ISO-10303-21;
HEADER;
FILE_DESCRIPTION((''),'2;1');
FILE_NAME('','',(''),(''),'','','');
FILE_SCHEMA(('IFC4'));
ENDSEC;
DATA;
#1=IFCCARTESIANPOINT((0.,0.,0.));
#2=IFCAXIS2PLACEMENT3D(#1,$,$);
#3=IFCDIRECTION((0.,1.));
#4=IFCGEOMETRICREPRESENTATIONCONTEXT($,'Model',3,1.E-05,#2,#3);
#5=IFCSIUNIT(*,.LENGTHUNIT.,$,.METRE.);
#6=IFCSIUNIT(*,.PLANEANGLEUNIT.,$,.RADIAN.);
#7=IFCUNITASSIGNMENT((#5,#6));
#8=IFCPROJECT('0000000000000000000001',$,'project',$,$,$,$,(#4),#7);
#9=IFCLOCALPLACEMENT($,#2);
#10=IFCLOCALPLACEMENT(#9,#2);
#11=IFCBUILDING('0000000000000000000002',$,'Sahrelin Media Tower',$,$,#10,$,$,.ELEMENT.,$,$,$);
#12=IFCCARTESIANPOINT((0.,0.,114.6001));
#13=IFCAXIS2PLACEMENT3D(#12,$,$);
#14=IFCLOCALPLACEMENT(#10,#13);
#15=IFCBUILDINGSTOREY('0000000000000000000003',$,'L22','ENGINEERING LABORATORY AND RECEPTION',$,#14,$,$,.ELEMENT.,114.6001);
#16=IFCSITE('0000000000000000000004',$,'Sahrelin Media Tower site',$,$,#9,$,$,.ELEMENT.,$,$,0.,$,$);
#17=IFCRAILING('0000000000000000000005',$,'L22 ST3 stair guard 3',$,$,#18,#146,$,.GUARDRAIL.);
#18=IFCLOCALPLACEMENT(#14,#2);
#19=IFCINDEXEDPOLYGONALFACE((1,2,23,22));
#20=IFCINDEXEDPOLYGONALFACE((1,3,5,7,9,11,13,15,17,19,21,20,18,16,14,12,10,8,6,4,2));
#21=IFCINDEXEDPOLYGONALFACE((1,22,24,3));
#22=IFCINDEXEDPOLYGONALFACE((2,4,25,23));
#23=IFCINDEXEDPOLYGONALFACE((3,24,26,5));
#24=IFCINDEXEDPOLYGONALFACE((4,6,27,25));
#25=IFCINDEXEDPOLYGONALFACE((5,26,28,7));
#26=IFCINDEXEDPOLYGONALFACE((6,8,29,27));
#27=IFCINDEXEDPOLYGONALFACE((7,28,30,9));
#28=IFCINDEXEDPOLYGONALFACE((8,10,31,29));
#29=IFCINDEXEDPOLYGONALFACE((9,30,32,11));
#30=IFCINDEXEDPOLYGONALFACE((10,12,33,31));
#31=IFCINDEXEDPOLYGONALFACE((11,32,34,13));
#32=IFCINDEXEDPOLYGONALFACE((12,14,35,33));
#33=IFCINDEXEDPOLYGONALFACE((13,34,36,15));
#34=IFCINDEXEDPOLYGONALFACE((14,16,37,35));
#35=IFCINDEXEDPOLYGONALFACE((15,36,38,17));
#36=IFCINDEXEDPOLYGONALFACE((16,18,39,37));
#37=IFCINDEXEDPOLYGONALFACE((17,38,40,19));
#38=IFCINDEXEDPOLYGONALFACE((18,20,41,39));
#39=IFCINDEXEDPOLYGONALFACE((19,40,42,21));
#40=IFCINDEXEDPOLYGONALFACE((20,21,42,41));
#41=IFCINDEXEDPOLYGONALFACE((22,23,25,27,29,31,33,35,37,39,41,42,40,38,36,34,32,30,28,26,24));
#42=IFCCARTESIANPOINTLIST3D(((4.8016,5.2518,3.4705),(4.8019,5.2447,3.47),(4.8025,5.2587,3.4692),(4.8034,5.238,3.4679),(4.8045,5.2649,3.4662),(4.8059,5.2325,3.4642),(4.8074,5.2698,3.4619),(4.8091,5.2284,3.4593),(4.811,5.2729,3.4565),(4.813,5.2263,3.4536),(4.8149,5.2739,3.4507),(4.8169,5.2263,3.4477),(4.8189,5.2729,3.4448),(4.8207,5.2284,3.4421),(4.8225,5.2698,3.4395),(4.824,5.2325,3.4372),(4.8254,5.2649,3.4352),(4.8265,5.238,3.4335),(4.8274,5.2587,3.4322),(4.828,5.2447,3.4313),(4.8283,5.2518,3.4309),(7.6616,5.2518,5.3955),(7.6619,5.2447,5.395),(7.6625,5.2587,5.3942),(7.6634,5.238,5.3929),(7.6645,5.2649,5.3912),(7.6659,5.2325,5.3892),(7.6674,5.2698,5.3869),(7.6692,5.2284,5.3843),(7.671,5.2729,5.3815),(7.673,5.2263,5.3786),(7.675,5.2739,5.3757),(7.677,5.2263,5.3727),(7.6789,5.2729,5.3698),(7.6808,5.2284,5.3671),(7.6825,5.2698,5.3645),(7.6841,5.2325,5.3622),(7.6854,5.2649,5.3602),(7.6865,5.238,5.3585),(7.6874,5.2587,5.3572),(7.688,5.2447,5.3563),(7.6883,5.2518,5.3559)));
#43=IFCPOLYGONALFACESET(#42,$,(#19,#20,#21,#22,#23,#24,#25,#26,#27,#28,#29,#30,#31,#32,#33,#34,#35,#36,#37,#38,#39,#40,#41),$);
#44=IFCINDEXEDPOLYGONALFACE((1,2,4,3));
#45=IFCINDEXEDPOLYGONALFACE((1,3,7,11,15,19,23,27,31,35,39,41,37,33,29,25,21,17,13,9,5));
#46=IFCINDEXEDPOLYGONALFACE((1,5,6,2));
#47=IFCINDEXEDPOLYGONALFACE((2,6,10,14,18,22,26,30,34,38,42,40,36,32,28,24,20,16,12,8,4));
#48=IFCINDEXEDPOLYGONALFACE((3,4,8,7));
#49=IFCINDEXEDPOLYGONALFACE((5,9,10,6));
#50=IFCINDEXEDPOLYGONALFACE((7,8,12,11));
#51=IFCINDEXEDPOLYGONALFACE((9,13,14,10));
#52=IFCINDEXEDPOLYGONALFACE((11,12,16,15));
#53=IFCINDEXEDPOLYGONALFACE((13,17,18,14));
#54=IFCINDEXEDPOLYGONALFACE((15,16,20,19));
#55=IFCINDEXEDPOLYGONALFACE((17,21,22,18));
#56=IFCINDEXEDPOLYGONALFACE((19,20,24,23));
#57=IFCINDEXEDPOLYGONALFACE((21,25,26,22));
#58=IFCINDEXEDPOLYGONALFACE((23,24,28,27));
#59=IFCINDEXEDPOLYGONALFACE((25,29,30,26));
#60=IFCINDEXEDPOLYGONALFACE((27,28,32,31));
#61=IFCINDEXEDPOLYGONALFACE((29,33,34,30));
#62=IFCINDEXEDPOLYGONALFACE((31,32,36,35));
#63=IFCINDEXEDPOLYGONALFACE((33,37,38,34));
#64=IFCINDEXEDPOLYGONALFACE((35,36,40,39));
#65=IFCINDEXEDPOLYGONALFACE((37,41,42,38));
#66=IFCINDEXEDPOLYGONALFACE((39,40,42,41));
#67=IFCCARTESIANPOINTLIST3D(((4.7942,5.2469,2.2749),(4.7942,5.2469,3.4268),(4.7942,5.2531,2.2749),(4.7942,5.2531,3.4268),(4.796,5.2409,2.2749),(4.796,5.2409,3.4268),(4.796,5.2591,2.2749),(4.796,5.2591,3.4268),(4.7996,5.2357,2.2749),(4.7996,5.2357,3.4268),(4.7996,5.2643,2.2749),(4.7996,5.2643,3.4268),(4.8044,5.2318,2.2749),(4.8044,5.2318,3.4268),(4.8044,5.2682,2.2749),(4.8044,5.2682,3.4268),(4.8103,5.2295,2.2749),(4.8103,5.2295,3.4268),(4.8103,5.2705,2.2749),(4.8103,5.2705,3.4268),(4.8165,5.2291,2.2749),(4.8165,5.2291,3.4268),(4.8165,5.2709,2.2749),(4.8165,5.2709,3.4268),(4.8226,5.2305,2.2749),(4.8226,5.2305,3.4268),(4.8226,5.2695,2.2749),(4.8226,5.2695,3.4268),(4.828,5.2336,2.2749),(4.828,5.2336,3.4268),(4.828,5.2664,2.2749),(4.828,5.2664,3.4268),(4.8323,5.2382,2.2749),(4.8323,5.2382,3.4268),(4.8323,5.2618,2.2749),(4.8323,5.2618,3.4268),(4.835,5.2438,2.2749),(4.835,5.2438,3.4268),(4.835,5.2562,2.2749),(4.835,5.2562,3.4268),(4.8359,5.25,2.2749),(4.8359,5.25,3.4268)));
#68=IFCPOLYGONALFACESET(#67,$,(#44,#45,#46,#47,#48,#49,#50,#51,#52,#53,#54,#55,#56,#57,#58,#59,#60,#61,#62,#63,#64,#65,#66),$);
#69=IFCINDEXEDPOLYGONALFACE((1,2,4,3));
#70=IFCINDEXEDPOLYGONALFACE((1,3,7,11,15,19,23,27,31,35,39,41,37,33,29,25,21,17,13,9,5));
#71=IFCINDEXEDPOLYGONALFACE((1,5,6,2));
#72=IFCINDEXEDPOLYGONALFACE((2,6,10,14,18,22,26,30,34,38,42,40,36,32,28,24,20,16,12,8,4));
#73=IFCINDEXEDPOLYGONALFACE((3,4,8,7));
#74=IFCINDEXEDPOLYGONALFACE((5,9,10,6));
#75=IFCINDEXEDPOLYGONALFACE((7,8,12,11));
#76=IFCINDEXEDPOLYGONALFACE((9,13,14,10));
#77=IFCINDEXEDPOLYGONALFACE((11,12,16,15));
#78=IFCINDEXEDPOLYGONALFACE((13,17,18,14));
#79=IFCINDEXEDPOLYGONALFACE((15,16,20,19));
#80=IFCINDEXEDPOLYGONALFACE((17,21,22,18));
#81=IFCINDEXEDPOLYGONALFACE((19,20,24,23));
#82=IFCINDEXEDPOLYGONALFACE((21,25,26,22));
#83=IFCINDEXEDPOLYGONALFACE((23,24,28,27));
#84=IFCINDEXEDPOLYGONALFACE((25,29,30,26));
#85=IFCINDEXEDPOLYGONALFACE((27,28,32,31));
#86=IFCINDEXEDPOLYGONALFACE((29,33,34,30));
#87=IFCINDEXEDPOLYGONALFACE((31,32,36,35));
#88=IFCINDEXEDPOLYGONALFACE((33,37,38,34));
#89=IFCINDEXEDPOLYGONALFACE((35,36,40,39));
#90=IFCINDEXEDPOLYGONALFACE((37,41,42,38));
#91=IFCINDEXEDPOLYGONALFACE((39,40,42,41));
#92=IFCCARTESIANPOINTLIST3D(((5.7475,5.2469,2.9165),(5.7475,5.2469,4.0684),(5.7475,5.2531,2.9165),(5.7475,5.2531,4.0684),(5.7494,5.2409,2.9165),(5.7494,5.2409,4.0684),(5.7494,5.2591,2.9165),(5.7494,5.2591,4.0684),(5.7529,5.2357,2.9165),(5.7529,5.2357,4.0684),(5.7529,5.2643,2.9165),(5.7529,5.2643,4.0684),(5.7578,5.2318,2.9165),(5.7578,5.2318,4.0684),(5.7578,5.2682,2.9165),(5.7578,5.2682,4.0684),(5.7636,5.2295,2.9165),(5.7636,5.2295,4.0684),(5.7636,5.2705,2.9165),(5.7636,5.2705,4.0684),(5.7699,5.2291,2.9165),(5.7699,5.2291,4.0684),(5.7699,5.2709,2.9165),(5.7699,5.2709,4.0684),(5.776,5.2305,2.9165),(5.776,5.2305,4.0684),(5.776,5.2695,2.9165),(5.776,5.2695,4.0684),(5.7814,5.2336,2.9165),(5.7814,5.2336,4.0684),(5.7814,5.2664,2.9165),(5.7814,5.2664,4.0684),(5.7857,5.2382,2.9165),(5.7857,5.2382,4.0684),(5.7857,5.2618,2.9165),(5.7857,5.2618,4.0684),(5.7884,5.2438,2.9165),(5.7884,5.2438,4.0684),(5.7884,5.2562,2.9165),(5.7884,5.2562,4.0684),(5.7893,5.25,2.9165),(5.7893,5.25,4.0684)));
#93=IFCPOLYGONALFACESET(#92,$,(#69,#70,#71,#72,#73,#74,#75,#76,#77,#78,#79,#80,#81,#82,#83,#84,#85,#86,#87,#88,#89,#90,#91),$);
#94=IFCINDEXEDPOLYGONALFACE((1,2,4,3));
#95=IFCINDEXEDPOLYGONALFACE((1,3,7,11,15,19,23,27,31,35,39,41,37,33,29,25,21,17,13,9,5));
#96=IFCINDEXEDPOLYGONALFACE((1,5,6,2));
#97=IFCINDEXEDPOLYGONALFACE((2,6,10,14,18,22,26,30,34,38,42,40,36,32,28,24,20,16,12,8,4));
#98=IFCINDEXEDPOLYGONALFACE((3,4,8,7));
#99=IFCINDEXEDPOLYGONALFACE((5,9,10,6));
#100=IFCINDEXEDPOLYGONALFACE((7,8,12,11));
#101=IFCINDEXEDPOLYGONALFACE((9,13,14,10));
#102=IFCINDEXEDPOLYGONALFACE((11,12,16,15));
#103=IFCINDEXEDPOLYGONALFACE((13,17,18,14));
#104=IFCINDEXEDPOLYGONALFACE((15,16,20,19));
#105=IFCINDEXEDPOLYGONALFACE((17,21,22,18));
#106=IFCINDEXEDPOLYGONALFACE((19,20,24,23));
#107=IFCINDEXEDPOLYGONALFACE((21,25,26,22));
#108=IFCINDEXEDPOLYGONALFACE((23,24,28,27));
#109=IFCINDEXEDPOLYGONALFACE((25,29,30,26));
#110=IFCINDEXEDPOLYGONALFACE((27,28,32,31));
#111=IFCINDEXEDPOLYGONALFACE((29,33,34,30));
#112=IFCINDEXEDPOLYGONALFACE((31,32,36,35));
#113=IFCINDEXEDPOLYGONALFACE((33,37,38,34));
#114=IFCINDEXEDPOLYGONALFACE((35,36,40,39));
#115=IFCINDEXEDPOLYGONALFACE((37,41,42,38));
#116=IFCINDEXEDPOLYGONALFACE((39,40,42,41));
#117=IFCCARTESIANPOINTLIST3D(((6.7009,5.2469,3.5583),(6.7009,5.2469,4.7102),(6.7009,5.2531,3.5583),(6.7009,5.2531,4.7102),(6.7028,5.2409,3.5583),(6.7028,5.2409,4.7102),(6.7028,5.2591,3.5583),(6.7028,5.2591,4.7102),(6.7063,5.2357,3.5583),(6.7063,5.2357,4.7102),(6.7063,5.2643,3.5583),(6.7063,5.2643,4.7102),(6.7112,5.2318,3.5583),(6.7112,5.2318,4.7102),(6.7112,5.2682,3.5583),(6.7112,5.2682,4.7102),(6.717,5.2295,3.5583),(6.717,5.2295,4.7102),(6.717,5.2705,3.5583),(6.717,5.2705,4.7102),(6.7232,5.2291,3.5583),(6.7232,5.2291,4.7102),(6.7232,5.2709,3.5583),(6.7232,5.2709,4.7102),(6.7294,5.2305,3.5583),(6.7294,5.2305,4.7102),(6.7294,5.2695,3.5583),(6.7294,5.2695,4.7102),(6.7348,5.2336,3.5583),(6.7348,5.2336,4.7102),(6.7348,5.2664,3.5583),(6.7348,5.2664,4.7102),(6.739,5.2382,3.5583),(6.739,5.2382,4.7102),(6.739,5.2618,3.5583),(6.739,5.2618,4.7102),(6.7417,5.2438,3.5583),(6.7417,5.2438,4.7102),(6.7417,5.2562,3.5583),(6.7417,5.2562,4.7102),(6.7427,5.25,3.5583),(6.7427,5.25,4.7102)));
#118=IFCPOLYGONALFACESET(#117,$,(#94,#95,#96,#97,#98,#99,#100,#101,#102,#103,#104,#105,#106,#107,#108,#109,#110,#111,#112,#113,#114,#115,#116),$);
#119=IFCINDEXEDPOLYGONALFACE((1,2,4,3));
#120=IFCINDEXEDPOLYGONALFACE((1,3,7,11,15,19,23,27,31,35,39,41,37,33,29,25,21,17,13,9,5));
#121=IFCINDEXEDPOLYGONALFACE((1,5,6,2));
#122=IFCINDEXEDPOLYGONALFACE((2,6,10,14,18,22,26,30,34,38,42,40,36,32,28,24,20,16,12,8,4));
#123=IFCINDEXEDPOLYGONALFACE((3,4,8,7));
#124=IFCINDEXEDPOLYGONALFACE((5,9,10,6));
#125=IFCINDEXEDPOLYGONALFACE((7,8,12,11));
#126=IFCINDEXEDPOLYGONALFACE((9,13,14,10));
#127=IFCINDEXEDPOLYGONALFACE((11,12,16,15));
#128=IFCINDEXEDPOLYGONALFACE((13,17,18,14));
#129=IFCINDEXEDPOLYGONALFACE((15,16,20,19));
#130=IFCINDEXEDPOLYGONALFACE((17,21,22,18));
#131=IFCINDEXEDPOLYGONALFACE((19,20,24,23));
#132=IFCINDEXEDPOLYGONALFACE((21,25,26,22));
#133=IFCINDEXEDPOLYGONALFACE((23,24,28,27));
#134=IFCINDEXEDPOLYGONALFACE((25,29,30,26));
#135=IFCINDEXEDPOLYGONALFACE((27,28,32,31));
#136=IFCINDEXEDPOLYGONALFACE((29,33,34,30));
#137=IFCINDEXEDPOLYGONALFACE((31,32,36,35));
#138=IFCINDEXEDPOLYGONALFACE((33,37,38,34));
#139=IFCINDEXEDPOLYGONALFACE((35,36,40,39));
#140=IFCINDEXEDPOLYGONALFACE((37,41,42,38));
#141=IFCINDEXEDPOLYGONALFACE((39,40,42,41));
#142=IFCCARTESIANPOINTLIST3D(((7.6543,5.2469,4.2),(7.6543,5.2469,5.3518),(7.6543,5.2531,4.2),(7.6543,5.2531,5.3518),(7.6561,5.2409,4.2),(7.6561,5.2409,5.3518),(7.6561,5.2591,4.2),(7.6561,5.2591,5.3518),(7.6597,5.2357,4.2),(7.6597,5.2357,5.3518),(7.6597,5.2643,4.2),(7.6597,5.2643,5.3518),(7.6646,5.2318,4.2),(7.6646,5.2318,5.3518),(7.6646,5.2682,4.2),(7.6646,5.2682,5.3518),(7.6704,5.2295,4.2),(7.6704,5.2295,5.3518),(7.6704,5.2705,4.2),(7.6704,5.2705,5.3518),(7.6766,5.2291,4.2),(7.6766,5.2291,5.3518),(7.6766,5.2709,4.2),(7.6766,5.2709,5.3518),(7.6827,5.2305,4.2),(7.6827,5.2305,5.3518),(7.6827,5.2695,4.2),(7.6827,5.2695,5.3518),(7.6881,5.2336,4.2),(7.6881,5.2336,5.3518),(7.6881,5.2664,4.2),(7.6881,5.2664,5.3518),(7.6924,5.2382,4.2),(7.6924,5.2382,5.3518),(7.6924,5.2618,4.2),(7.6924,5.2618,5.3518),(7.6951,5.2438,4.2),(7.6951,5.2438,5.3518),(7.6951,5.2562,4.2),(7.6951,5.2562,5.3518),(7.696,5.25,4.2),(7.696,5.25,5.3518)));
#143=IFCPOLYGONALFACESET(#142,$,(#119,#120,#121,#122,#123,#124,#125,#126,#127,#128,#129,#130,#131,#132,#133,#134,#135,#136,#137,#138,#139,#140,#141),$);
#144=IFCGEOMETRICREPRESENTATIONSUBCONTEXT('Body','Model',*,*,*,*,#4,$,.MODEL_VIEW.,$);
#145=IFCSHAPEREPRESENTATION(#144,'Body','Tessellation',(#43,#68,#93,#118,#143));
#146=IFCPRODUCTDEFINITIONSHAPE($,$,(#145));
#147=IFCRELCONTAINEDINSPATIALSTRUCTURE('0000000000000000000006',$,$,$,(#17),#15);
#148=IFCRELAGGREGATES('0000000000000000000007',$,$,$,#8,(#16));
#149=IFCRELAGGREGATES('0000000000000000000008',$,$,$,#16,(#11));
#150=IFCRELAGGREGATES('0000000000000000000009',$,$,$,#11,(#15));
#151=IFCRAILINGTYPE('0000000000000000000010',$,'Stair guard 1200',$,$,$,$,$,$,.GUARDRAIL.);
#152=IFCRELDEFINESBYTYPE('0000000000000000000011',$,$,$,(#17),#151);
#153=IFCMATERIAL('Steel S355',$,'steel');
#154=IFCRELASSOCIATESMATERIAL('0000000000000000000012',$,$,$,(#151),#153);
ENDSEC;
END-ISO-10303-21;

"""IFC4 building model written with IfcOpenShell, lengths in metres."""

from ifc_helpers import new_model, si_unit, direction, frame, origin, origin_2d, place, context, subcontext, project, spatial, circle, extrude, material, type_object, element, save


model = new_model("IFC4")

# Units and contexts
model_context = context("Model", 3, precision=1e-05, world=origin(), true_north=direction((0.0, 1.0)))
body_context = subcontext(model_context, "Body", "Model", "MODEL_VIEW")
ifc_project = project(units=[si_unit("LENGTHUNIT", "METRE"), si_unit("PLANEANGLEUNIT", "RADIAN")], contexts=[model_context])

# Site, building, storey
site_placement = place(None, origin())
site = spatial("IfcSite", under=ifc_project, at=site_placement, Name="Sahrelin Media Tower site", CompositionType="ELEMENT", RefElevation=0.0)
building_placement = place(site_placement, origin())
building = spatial("IfcBuilding", under=site, at=building_placement, Name="Sahrelin Media Tower", CompositionType="ELEMENT")
storey_placement = place(building_placement, frame((0.0, 0.0, 114.6001)))
storey = spatial("IfcBuildingStorey", under=building, at=storey_placement, Name="L22", Description="ENGINEERING LABORATORY AND RECEPTION", CompositionType="ELEMENT", Elevation=114.6001)

# Shared definitions
ifc_material_1 = material(Name="Steel S355", Category="steel")

# Railing
railing_type_1 = type_object("IfcRailingType", Name="Stair guard 1200", PredefinedType="GUARDRAIL", material=ifc_material_1)
railing_1_placement = place(storey_placement, frame((4.8149, 5.25, 2.2749)))
element("IfcRailing", 1, at=railing_1_placement, inside=storey, type_object=railing_type_1, Name="L22 ST3 stair guard 3", PredefinedType="GUARDRAIL", context=body_context, shape_type="SweptSolid", body=[
    extrude(circle(Radius=0.0239, at=origin_2d()), frame((0.0, 0.0, 1.1758), z_axis=(0.829591, 0.0, 0.558372), x_axis=(0.0, 1.0, 0.0)), (0.0, 0.0, 1.0), 3.4475),
    extrude(circle(Radius=0.021, at=origin_2d()), origin(), (0.0, 0.0, 1.0), 1.1519),
    extrude(circle(Radius=0.021, at=origin_2d()), frame((0.9534, 0.0, 0.6416)), (0.0, 0.0, 1.0), 1.1519),
    extrude(circle(Radius=0.021, at=origin_2d()), frame((1.9067, 0.0, 1.2834)), (0.0, 0.0, 1.0), 1.1519),
    extrude(circle(Radius=0.021, at=origin_2d()), frame((2.8601, 0.0, 1.925)), (0.0, 0.0, 1.0), 1.1519),
])

save(model, "model.ifc")
